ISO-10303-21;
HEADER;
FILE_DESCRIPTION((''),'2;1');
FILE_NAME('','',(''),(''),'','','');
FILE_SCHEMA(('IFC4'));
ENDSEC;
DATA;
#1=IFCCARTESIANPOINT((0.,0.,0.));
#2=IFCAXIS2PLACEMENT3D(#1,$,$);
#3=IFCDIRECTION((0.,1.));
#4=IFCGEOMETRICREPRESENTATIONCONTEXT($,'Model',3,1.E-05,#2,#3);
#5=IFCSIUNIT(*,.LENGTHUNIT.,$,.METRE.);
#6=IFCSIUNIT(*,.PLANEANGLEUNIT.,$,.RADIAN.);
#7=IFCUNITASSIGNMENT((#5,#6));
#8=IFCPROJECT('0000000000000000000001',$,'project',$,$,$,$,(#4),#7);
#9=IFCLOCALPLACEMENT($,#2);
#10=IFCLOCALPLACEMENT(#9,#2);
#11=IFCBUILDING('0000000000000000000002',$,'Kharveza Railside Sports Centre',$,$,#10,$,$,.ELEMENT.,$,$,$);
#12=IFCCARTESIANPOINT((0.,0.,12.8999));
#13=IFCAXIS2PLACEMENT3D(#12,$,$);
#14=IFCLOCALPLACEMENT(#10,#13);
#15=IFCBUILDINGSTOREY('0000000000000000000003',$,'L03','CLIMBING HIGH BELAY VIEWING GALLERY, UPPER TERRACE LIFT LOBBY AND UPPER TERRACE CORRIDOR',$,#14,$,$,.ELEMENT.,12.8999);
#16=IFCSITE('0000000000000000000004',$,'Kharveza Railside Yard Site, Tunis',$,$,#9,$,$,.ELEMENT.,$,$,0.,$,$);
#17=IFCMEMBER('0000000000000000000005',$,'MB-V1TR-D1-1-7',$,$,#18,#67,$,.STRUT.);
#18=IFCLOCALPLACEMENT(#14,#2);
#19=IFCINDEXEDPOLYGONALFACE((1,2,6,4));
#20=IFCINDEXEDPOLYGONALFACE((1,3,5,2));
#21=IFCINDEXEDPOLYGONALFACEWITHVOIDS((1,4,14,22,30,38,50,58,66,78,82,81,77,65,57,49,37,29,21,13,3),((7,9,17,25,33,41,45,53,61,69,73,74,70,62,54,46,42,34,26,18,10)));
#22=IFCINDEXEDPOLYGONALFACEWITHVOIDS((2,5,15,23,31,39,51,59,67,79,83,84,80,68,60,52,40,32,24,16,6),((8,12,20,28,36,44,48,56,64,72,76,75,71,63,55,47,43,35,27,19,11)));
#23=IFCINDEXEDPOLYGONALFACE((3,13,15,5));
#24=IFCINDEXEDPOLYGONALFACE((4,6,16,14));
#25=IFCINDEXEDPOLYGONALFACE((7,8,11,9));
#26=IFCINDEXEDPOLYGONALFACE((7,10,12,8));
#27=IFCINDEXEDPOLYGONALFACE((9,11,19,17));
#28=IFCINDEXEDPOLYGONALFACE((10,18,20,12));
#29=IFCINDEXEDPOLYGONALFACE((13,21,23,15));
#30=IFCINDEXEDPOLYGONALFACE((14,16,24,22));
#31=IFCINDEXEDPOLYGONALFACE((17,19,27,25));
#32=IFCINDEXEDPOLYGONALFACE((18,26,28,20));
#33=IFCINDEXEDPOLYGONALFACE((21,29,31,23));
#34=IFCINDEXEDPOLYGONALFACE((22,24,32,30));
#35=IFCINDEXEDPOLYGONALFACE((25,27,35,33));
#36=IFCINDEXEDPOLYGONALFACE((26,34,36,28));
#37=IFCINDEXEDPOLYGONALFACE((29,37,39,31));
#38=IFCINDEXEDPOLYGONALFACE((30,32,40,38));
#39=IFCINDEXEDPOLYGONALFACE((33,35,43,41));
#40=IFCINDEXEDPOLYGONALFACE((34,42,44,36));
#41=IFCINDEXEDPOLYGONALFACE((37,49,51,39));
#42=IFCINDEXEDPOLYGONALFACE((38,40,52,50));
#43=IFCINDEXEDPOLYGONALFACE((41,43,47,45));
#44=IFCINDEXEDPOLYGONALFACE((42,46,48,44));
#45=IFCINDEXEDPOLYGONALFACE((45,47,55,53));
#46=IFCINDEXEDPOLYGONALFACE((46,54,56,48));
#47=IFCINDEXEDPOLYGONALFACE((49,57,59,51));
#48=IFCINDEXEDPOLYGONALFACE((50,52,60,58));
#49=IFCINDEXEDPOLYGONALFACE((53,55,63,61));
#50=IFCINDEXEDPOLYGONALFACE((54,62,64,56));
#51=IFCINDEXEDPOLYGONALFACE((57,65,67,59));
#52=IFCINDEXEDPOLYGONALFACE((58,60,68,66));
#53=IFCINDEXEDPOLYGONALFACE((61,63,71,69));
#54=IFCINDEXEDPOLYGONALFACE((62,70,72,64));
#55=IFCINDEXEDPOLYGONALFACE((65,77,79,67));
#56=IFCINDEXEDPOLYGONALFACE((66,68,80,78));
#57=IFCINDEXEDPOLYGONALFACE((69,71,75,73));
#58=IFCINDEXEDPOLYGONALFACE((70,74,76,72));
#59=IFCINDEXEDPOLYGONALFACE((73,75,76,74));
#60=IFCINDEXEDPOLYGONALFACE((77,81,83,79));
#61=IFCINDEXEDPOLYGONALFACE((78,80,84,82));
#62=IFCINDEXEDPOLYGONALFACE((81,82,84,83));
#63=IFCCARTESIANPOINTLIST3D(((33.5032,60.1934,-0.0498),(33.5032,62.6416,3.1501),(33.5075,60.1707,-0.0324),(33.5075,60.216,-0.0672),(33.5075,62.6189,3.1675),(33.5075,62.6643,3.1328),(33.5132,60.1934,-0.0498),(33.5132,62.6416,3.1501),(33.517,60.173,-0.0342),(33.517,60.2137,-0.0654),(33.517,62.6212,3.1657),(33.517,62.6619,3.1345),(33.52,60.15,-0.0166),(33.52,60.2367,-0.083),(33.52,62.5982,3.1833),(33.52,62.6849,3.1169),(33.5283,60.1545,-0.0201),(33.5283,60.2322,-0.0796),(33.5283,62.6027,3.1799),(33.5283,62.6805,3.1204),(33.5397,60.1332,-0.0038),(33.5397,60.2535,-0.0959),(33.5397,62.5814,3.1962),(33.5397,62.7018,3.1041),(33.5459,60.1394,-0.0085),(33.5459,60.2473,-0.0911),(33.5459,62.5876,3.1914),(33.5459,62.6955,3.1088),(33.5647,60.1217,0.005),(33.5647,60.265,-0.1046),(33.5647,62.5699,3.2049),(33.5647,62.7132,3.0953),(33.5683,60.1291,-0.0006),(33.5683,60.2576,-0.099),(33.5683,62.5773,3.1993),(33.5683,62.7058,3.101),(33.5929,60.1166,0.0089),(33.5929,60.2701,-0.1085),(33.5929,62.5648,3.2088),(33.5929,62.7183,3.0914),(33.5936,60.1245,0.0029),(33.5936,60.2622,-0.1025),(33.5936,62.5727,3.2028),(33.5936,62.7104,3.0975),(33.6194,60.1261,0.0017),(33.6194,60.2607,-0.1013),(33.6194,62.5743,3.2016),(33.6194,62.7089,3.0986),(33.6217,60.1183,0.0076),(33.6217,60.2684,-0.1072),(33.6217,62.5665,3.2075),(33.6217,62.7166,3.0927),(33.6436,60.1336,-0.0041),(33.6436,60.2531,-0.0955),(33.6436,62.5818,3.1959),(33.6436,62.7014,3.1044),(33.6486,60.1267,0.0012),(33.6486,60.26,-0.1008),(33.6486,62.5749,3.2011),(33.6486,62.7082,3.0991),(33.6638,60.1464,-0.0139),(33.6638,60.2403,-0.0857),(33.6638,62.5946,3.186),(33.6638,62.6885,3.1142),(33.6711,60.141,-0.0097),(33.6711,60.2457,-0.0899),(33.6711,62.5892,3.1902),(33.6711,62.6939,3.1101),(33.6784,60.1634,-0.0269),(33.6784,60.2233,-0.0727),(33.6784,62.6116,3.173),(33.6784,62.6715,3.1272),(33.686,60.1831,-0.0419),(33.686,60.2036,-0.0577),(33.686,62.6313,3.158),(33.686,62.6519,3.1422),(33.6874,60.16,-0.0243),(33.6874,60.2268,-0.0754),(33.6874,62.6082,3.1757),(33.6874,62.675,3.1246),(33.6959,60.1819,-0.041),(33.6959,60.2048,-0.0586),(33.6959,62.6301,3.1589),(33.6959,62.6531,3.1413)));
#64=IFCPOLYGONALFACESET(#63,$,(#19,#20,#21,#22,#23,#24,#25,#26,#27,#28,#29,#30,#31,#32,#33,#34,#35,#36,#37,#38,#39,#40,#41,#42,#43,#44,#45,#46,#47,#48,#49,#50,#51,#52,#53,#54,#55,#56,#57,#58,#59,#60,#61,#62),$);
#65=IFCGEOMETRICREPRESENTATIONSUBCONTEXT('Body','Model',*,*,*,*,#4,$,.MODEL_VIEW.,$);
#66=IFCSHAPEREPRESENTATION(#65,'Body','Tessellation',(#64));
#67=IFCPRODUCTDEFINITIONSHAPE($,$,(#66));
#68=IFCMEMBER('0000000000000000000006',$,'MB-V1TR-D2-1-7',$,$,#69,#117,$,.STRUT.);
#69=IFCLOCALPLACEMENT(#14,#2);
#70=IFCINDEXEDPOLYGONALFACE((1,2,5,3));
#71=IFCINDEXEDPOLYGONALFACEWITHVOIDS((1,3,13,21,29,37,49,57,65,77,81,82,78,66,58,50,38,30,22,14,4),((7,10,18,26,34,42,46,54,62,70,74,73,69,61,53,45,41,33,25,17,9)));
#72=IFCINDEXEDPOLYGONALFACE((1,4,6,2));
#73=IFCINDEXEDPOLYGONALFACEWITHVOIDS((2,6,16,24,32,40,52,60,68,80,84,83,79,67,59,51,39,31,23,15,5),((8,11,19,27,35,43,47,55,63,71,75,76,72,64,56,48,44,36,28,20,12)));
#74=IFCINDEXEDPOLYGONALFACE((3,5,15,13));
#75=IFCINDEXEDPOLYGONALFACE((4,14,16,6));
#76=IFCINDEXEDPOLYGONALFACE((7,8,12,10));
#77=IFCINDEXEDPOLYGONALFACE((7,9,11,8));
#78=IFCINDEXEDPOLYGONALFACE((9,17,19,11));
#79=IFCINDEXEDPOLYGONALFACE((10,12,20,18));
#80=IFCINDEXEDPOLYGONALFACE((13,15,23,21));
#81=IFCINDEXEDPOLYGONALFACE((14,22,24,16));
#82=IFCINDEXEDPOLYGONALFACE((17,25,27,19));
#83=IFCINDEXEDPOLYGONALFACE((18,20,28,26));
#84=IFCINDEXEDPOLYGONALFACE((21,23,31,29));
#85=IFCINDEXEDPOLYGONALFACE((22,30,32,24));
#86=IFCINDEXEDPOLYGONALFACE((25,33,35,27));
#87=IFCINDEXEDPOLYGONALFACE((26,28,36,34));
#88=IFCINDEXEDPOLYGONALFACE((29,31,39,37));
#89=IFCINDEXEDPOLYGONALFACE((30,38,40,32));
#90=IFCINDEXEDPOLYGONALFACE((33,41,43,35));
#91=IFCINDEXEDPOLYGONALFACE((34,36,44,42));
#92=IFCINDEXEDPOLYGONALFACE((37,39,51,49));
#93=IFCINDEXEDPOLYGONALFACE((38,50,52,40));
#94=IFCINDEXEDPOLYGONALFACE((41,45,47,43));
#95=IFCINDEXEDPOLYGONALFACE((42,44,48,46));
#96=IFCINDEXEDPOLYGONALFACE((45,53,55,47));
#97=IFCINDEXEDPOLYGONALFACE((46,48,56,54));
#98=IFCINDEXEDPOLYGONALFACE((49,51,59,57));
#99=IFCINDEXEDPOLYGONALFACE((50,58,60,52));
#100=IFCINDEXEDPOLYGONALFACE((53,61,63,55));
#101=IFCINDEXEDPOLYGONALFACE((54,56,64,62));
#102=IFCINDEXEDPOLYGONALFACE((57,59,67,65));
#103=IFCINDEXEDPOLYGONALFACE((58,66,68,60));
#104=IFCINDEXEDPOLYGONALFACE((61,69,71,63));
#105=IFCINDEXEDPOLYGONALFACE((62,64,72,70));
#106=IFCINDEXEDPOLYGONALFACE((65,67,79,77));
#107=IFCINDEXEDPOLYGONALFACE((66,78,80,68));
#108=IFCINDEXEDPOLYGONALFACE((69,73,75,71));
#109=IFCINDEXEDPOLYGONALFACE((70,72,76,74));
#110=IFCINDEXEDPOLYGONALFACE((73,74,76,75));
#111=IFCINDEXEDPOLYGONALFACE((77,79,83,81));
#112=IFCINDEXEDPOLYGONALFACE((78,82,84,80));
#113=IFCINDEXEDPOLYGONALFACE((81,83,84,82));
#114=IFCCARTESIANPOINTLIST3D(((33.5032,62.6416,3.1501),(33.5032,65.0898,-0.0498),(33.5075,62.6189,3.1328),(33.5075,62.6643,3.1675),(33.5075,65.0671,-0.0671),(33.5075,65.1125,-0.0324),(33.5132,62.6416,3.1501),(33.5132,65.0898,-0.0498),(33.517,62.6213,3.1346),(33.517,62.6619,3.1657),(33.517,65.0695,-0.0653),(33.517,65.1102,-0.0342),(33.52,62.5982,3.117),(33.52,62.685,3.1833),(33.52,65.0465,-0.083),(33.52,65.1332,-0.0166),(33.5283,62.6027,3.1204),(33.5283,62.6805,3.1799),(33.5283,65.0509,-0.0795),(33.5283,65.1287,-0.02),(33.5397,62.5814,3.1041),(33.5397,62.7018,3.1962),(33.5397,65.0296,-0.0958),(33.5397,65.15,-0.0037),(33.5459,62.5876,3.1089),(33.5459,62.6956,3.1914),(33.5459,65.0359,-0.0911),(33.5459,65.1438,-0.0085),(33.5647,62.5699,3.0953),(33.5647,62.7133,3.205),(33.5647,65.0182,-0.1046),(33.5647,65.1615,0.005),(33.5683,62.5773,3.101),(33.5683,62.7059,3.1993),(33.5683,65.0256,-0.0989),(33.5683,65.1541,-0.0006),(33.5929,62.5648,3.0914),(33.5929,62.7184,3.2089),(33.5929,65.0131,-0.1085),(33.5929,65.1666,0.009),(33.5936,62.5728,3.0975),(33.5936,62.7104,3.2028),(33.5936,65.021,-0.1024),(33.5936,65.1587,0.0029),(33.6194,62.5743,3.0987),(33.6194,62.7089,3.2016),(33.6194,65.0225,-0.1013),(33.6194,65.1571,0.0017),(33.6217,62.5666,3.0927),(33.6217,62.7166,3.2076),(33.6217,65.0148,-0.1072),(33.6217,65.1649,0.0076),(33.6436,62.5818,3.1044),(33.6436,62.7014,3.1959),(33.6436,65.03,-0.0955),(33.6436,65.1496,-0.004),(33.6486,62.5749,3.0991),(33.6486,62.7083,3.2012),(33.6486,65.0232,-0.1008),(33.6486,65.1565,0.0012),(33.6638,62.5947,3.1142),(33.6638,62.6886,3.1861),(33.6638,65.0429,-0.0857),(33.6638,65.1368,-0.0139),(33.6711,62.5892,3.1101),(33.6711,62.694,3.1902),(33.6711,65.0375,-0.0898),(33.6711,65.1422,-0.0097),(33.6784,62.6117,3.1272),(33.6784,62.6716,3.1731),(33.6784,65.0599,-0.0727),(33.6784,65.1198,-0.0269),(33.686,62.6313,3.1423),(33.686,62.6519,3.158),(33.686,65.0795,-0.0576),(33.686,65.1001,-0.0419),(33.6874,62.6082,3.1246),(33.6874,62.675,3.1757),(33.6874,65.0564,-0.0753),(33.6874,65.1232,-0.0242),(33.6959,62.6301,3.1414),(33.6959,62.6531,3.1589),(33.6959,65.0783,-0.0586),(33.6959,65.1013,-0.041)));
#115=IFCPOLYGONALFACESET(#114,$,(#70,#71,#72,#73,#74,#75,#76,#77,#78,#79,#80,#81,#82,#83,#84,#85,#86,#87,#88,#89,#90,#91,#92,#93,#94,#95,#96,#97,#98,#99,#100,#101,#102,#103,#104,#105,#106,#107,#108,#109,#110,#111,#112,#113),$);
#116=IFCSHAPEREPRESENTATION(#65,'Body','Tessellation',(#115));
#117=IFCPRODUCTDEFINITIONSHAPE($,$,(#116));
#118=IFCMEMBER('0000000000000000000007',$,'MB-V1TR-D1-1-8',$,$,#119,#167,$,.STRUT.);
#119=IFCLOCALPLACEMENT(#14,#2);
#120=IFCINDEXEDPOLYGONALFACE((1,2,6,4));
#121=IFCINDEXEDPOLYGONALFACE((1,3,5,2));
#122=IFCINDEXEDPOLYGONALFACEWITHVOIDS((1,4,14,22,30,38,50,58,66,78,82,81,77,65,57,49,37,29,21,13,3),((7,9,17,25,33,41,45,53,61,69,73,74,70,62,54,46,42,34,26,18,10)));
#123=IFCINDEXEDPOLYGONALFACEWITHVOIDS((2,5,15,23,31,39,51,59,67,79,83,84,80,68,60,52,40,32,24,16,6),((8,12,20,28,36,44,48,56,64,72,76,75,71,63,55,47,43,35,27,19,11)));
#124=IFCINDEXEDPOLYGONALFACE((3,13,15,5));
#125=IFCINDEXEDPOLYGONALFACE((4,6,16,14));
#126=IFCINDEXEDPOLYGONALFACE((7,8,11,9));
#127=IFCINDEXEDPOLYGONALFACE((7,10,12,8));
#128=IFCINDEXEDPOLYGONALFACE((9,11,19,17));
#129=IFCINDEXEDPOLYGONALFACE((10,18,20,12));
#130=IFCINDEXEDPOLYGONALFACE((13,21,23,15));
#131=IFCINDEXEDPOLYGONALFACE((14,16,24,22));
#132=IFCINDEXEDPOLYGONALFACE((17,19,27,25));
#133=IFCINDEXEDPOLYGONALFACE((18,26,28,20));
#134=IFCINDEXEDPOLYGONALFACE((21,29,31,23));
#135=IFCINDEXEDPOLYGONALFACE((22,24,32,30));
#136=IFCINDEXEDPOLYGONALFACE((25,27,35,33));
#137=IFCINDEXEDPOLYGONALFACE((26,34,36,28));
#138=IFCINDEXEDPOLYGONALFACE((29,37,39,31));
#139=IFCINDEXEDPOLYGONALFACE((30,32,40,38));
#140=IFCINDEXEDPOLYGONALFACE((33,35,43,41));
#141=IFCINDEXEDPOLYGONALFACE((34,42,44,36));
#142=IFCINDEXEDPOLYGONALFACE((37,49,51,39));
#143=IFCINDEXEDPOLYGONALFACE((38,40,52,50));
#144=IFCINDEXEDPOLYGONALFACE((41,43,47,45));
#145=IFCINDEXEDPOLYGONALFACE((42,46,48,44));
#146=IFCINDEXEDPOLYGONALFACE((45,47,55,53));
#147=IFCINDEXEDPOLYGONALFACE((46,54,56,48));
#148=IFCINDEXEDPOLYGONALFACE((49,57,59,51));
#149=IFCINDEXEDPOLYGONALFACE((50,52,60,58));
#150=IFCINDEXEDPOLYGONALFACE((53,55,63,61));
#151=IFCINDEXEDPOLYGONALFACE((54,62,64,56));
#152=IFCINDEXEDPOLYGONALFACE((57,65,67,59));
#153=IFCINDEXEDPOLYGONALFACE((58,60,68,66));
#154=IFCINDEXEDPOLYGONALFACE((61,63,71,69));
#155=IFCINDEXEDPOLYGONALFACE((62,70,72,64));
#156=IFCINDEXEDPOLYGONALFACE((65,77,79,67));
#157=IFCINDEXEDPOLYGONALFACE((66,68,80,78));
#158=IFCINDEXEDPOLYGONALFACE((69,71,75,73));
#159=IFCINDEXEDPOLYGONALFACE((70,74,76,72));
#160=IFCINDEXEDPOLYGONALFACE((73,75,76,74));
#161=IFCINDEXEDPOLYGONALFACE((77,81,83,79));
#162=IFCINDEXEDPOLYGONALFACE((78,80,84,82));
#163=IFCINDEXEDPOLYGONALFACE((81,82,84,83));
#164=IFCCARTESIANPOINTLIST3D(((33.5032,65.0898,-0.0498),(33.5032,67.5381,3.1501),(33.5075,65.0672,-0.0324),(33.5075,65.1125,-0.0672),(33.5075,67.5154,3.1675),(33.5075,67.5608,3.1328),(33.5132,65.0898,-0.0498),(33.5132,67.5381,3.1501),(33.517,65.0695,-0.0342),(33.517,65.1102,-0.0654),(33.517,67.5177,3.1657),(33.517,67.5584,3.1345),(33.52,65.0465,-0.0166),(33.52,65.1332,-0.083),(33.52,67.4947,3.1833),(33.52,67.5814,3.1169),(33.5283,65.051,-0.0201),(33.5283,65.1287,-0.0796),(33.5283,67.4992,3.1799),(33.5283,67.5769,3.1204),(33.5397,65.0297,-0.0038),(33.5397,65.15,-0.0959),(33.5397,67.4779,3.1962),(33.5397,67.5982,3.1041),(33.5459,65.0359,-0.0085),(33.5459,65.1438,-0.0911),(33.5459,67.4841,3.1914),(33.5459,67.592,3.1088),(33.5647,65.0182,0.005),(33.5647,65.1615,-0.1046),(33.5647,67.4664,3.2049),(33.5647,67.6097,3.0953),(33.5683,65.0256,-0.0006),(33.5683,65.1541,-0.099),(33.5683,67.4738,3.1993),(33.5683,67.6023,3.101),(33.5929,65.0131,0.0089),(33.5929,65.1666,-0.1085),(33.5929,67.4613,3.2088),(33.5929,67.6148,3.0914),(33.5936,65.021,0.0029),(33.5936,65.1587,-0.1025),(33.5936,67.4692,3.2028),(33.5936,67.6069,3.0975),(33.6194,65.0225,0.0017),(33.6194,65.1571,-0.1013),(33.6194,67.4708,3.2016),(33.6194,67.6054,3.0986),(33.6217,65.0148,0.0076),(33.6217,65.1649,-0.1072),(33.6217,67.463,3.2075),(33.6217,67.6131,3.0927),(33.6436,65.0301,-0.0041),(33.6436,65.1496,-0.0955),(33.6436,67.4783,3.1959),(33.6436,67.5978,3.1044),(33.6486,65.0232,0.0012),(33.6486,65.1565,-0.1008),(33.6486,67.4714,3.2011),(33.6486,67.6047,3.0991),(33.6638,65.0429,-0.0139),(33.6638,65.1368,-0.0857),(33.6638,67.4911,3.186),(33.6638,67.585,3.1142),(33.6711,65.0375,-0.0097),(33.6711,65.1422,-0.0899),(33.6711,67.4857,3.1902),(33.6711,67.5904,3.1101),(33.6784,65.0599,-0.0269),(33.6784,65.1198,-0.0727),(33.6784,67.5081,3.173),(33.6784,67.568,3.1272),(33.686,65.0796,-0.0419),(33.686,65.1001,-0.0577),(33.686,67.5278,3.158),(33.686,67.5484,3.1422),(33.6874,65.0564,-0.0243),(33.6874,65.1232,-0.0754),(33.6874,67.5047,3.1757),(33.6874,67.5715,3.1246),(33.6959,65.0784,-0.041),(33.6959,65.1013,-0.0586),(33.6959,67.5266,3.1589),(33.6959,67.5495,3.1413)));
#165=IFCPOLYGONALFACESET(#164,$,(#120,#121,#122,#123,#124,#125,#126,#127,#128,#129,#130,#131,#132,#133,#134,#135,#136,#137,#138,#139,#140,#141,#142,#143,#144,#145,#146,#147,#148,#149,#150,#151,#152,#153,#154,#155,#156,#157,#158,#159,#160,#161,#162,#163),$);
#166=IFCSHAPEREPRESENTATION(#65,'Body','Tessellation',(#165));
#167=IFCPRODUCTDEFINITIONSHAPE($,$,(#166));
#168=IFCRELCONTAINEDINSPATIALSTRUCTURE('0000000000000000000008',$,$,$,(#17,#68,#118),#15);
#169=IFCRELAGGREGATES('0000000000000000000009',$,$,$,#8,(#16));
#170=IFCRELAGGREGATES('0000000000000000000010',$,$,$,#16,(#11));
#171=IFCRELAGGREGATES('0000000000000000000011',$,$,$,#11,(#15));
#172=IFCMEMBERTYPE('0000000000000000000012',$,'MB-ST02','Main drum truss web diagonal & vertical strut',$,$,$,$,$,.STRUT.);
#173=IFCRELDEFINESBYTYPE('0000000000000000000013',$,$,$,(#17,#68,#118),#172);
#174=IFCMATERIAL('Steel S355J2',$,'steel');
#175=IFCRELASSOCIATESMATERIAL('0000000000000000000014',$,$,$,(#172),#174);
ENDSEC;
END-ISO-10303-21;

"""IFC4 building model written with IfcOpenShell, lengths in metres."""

from ifc_helpers import new_model, si_unit, direction, frame, origin, origin_2d, place, context, subcontext, project, spatial, hollow_circle, extrude, material, material_profile, profile_set, type_object, element, save


model = new_model("IFC4")

# Units and contexts
model_context = context("Model", 3, precision=1e-05, world=origin(), true_north=direction((0.0, 1.0)))
body_context = subcontext(model_context, "Body", "Model", "MODEL_VIEW")
ifc_project = project(units=[si_unit("LENGTHUNIT", "METRE"), si_unit("PLANEANGLEUNIT", "RADIAN")], contexts=[model_context])

# Site, building, storey
site_placement = place(None, origin())
site = spatial("IfcSite", under=ifc_project, at=site_placement, Name="Kharveza Railside Yard Site, Tunis", CompositionType="ELEMENT", RefElevation=0.0)
building_placement = place(site_placement, origin())
building = spatial("IfcBuilding", under=site, at=building_placement, Name="Kharveza Railside Sports Centre", CompositionType="ELEMENT")
storey_placement = place(building_placement, frame((0.0, 0.0, 12.8999)))
storey = spatial("IfcBuildingStorey", under=building, at=storey_placement, Name="L03", Description="CLIMBING HIGH BELAY VIEWING GALLERY, UPPER TERRACE LIFT LOBBY AND UPPER TERRACE CORRIDOR", CompositionType="ELEMENT", Elevation=12.8999)

# Shared definitions
ifc_material_1 = material(Name="Steel S355J2", Category="steel")

# Members
ifc_material_profile_1 = material_profile(ifc_material_1, hollow_circle(Radius=0.0969, WallThickness=0.01, at=origin_2d()), Name="CHS 193.7x10.0")
ifc_profile_set_1 = profile_set([ifc_material_profile_1], Name="Steel S355J2")
member_type_1 = type_object("IfcMemberType", Name="MB-ST02", Description="Main drum truss web diagonal & vertical strut", PredefinedType="STRUT", material=ifc_profile_set_1)
for number, where, z_axis, x_axis, name in (
    (1, (33.6001, 60.1934, -0.0498), (0.0, 0.607641, 0.794212), (-1.0, 0.0, 0.0), "MB-V1TR-D1-1-7"),
    (2, (33.6001, 62.6416, 3.1501), (0.0, 0.607641, -0.794212), (-1.0, 0.0, 0.0), "MB-V1TR-D2-1-7"),
    (3, (33.6001, 65.0898, -0.0498), (0.0, 0.607641, 0.794212), (-1.0, 0.0, 0.0), "MB-V1TR-D1-1-8"),
):
    element("IfcMember", number, at=place(storey_placement, frame(where, z_axis=z_axis, x_axis=x_axis)), inside=storey, type_object=member_type_1, Name=name, PredefinedType="STRUT", context=body_context, shape_type="SweptSolid", body=[
        extrude(hollow_circle(Radius=0.0969, WallThickness=0.01, at=origin_2d()), origin(), (0.0, 0.0, 1.0), 4.0291),
    ])

save(model, "model.ifc")
